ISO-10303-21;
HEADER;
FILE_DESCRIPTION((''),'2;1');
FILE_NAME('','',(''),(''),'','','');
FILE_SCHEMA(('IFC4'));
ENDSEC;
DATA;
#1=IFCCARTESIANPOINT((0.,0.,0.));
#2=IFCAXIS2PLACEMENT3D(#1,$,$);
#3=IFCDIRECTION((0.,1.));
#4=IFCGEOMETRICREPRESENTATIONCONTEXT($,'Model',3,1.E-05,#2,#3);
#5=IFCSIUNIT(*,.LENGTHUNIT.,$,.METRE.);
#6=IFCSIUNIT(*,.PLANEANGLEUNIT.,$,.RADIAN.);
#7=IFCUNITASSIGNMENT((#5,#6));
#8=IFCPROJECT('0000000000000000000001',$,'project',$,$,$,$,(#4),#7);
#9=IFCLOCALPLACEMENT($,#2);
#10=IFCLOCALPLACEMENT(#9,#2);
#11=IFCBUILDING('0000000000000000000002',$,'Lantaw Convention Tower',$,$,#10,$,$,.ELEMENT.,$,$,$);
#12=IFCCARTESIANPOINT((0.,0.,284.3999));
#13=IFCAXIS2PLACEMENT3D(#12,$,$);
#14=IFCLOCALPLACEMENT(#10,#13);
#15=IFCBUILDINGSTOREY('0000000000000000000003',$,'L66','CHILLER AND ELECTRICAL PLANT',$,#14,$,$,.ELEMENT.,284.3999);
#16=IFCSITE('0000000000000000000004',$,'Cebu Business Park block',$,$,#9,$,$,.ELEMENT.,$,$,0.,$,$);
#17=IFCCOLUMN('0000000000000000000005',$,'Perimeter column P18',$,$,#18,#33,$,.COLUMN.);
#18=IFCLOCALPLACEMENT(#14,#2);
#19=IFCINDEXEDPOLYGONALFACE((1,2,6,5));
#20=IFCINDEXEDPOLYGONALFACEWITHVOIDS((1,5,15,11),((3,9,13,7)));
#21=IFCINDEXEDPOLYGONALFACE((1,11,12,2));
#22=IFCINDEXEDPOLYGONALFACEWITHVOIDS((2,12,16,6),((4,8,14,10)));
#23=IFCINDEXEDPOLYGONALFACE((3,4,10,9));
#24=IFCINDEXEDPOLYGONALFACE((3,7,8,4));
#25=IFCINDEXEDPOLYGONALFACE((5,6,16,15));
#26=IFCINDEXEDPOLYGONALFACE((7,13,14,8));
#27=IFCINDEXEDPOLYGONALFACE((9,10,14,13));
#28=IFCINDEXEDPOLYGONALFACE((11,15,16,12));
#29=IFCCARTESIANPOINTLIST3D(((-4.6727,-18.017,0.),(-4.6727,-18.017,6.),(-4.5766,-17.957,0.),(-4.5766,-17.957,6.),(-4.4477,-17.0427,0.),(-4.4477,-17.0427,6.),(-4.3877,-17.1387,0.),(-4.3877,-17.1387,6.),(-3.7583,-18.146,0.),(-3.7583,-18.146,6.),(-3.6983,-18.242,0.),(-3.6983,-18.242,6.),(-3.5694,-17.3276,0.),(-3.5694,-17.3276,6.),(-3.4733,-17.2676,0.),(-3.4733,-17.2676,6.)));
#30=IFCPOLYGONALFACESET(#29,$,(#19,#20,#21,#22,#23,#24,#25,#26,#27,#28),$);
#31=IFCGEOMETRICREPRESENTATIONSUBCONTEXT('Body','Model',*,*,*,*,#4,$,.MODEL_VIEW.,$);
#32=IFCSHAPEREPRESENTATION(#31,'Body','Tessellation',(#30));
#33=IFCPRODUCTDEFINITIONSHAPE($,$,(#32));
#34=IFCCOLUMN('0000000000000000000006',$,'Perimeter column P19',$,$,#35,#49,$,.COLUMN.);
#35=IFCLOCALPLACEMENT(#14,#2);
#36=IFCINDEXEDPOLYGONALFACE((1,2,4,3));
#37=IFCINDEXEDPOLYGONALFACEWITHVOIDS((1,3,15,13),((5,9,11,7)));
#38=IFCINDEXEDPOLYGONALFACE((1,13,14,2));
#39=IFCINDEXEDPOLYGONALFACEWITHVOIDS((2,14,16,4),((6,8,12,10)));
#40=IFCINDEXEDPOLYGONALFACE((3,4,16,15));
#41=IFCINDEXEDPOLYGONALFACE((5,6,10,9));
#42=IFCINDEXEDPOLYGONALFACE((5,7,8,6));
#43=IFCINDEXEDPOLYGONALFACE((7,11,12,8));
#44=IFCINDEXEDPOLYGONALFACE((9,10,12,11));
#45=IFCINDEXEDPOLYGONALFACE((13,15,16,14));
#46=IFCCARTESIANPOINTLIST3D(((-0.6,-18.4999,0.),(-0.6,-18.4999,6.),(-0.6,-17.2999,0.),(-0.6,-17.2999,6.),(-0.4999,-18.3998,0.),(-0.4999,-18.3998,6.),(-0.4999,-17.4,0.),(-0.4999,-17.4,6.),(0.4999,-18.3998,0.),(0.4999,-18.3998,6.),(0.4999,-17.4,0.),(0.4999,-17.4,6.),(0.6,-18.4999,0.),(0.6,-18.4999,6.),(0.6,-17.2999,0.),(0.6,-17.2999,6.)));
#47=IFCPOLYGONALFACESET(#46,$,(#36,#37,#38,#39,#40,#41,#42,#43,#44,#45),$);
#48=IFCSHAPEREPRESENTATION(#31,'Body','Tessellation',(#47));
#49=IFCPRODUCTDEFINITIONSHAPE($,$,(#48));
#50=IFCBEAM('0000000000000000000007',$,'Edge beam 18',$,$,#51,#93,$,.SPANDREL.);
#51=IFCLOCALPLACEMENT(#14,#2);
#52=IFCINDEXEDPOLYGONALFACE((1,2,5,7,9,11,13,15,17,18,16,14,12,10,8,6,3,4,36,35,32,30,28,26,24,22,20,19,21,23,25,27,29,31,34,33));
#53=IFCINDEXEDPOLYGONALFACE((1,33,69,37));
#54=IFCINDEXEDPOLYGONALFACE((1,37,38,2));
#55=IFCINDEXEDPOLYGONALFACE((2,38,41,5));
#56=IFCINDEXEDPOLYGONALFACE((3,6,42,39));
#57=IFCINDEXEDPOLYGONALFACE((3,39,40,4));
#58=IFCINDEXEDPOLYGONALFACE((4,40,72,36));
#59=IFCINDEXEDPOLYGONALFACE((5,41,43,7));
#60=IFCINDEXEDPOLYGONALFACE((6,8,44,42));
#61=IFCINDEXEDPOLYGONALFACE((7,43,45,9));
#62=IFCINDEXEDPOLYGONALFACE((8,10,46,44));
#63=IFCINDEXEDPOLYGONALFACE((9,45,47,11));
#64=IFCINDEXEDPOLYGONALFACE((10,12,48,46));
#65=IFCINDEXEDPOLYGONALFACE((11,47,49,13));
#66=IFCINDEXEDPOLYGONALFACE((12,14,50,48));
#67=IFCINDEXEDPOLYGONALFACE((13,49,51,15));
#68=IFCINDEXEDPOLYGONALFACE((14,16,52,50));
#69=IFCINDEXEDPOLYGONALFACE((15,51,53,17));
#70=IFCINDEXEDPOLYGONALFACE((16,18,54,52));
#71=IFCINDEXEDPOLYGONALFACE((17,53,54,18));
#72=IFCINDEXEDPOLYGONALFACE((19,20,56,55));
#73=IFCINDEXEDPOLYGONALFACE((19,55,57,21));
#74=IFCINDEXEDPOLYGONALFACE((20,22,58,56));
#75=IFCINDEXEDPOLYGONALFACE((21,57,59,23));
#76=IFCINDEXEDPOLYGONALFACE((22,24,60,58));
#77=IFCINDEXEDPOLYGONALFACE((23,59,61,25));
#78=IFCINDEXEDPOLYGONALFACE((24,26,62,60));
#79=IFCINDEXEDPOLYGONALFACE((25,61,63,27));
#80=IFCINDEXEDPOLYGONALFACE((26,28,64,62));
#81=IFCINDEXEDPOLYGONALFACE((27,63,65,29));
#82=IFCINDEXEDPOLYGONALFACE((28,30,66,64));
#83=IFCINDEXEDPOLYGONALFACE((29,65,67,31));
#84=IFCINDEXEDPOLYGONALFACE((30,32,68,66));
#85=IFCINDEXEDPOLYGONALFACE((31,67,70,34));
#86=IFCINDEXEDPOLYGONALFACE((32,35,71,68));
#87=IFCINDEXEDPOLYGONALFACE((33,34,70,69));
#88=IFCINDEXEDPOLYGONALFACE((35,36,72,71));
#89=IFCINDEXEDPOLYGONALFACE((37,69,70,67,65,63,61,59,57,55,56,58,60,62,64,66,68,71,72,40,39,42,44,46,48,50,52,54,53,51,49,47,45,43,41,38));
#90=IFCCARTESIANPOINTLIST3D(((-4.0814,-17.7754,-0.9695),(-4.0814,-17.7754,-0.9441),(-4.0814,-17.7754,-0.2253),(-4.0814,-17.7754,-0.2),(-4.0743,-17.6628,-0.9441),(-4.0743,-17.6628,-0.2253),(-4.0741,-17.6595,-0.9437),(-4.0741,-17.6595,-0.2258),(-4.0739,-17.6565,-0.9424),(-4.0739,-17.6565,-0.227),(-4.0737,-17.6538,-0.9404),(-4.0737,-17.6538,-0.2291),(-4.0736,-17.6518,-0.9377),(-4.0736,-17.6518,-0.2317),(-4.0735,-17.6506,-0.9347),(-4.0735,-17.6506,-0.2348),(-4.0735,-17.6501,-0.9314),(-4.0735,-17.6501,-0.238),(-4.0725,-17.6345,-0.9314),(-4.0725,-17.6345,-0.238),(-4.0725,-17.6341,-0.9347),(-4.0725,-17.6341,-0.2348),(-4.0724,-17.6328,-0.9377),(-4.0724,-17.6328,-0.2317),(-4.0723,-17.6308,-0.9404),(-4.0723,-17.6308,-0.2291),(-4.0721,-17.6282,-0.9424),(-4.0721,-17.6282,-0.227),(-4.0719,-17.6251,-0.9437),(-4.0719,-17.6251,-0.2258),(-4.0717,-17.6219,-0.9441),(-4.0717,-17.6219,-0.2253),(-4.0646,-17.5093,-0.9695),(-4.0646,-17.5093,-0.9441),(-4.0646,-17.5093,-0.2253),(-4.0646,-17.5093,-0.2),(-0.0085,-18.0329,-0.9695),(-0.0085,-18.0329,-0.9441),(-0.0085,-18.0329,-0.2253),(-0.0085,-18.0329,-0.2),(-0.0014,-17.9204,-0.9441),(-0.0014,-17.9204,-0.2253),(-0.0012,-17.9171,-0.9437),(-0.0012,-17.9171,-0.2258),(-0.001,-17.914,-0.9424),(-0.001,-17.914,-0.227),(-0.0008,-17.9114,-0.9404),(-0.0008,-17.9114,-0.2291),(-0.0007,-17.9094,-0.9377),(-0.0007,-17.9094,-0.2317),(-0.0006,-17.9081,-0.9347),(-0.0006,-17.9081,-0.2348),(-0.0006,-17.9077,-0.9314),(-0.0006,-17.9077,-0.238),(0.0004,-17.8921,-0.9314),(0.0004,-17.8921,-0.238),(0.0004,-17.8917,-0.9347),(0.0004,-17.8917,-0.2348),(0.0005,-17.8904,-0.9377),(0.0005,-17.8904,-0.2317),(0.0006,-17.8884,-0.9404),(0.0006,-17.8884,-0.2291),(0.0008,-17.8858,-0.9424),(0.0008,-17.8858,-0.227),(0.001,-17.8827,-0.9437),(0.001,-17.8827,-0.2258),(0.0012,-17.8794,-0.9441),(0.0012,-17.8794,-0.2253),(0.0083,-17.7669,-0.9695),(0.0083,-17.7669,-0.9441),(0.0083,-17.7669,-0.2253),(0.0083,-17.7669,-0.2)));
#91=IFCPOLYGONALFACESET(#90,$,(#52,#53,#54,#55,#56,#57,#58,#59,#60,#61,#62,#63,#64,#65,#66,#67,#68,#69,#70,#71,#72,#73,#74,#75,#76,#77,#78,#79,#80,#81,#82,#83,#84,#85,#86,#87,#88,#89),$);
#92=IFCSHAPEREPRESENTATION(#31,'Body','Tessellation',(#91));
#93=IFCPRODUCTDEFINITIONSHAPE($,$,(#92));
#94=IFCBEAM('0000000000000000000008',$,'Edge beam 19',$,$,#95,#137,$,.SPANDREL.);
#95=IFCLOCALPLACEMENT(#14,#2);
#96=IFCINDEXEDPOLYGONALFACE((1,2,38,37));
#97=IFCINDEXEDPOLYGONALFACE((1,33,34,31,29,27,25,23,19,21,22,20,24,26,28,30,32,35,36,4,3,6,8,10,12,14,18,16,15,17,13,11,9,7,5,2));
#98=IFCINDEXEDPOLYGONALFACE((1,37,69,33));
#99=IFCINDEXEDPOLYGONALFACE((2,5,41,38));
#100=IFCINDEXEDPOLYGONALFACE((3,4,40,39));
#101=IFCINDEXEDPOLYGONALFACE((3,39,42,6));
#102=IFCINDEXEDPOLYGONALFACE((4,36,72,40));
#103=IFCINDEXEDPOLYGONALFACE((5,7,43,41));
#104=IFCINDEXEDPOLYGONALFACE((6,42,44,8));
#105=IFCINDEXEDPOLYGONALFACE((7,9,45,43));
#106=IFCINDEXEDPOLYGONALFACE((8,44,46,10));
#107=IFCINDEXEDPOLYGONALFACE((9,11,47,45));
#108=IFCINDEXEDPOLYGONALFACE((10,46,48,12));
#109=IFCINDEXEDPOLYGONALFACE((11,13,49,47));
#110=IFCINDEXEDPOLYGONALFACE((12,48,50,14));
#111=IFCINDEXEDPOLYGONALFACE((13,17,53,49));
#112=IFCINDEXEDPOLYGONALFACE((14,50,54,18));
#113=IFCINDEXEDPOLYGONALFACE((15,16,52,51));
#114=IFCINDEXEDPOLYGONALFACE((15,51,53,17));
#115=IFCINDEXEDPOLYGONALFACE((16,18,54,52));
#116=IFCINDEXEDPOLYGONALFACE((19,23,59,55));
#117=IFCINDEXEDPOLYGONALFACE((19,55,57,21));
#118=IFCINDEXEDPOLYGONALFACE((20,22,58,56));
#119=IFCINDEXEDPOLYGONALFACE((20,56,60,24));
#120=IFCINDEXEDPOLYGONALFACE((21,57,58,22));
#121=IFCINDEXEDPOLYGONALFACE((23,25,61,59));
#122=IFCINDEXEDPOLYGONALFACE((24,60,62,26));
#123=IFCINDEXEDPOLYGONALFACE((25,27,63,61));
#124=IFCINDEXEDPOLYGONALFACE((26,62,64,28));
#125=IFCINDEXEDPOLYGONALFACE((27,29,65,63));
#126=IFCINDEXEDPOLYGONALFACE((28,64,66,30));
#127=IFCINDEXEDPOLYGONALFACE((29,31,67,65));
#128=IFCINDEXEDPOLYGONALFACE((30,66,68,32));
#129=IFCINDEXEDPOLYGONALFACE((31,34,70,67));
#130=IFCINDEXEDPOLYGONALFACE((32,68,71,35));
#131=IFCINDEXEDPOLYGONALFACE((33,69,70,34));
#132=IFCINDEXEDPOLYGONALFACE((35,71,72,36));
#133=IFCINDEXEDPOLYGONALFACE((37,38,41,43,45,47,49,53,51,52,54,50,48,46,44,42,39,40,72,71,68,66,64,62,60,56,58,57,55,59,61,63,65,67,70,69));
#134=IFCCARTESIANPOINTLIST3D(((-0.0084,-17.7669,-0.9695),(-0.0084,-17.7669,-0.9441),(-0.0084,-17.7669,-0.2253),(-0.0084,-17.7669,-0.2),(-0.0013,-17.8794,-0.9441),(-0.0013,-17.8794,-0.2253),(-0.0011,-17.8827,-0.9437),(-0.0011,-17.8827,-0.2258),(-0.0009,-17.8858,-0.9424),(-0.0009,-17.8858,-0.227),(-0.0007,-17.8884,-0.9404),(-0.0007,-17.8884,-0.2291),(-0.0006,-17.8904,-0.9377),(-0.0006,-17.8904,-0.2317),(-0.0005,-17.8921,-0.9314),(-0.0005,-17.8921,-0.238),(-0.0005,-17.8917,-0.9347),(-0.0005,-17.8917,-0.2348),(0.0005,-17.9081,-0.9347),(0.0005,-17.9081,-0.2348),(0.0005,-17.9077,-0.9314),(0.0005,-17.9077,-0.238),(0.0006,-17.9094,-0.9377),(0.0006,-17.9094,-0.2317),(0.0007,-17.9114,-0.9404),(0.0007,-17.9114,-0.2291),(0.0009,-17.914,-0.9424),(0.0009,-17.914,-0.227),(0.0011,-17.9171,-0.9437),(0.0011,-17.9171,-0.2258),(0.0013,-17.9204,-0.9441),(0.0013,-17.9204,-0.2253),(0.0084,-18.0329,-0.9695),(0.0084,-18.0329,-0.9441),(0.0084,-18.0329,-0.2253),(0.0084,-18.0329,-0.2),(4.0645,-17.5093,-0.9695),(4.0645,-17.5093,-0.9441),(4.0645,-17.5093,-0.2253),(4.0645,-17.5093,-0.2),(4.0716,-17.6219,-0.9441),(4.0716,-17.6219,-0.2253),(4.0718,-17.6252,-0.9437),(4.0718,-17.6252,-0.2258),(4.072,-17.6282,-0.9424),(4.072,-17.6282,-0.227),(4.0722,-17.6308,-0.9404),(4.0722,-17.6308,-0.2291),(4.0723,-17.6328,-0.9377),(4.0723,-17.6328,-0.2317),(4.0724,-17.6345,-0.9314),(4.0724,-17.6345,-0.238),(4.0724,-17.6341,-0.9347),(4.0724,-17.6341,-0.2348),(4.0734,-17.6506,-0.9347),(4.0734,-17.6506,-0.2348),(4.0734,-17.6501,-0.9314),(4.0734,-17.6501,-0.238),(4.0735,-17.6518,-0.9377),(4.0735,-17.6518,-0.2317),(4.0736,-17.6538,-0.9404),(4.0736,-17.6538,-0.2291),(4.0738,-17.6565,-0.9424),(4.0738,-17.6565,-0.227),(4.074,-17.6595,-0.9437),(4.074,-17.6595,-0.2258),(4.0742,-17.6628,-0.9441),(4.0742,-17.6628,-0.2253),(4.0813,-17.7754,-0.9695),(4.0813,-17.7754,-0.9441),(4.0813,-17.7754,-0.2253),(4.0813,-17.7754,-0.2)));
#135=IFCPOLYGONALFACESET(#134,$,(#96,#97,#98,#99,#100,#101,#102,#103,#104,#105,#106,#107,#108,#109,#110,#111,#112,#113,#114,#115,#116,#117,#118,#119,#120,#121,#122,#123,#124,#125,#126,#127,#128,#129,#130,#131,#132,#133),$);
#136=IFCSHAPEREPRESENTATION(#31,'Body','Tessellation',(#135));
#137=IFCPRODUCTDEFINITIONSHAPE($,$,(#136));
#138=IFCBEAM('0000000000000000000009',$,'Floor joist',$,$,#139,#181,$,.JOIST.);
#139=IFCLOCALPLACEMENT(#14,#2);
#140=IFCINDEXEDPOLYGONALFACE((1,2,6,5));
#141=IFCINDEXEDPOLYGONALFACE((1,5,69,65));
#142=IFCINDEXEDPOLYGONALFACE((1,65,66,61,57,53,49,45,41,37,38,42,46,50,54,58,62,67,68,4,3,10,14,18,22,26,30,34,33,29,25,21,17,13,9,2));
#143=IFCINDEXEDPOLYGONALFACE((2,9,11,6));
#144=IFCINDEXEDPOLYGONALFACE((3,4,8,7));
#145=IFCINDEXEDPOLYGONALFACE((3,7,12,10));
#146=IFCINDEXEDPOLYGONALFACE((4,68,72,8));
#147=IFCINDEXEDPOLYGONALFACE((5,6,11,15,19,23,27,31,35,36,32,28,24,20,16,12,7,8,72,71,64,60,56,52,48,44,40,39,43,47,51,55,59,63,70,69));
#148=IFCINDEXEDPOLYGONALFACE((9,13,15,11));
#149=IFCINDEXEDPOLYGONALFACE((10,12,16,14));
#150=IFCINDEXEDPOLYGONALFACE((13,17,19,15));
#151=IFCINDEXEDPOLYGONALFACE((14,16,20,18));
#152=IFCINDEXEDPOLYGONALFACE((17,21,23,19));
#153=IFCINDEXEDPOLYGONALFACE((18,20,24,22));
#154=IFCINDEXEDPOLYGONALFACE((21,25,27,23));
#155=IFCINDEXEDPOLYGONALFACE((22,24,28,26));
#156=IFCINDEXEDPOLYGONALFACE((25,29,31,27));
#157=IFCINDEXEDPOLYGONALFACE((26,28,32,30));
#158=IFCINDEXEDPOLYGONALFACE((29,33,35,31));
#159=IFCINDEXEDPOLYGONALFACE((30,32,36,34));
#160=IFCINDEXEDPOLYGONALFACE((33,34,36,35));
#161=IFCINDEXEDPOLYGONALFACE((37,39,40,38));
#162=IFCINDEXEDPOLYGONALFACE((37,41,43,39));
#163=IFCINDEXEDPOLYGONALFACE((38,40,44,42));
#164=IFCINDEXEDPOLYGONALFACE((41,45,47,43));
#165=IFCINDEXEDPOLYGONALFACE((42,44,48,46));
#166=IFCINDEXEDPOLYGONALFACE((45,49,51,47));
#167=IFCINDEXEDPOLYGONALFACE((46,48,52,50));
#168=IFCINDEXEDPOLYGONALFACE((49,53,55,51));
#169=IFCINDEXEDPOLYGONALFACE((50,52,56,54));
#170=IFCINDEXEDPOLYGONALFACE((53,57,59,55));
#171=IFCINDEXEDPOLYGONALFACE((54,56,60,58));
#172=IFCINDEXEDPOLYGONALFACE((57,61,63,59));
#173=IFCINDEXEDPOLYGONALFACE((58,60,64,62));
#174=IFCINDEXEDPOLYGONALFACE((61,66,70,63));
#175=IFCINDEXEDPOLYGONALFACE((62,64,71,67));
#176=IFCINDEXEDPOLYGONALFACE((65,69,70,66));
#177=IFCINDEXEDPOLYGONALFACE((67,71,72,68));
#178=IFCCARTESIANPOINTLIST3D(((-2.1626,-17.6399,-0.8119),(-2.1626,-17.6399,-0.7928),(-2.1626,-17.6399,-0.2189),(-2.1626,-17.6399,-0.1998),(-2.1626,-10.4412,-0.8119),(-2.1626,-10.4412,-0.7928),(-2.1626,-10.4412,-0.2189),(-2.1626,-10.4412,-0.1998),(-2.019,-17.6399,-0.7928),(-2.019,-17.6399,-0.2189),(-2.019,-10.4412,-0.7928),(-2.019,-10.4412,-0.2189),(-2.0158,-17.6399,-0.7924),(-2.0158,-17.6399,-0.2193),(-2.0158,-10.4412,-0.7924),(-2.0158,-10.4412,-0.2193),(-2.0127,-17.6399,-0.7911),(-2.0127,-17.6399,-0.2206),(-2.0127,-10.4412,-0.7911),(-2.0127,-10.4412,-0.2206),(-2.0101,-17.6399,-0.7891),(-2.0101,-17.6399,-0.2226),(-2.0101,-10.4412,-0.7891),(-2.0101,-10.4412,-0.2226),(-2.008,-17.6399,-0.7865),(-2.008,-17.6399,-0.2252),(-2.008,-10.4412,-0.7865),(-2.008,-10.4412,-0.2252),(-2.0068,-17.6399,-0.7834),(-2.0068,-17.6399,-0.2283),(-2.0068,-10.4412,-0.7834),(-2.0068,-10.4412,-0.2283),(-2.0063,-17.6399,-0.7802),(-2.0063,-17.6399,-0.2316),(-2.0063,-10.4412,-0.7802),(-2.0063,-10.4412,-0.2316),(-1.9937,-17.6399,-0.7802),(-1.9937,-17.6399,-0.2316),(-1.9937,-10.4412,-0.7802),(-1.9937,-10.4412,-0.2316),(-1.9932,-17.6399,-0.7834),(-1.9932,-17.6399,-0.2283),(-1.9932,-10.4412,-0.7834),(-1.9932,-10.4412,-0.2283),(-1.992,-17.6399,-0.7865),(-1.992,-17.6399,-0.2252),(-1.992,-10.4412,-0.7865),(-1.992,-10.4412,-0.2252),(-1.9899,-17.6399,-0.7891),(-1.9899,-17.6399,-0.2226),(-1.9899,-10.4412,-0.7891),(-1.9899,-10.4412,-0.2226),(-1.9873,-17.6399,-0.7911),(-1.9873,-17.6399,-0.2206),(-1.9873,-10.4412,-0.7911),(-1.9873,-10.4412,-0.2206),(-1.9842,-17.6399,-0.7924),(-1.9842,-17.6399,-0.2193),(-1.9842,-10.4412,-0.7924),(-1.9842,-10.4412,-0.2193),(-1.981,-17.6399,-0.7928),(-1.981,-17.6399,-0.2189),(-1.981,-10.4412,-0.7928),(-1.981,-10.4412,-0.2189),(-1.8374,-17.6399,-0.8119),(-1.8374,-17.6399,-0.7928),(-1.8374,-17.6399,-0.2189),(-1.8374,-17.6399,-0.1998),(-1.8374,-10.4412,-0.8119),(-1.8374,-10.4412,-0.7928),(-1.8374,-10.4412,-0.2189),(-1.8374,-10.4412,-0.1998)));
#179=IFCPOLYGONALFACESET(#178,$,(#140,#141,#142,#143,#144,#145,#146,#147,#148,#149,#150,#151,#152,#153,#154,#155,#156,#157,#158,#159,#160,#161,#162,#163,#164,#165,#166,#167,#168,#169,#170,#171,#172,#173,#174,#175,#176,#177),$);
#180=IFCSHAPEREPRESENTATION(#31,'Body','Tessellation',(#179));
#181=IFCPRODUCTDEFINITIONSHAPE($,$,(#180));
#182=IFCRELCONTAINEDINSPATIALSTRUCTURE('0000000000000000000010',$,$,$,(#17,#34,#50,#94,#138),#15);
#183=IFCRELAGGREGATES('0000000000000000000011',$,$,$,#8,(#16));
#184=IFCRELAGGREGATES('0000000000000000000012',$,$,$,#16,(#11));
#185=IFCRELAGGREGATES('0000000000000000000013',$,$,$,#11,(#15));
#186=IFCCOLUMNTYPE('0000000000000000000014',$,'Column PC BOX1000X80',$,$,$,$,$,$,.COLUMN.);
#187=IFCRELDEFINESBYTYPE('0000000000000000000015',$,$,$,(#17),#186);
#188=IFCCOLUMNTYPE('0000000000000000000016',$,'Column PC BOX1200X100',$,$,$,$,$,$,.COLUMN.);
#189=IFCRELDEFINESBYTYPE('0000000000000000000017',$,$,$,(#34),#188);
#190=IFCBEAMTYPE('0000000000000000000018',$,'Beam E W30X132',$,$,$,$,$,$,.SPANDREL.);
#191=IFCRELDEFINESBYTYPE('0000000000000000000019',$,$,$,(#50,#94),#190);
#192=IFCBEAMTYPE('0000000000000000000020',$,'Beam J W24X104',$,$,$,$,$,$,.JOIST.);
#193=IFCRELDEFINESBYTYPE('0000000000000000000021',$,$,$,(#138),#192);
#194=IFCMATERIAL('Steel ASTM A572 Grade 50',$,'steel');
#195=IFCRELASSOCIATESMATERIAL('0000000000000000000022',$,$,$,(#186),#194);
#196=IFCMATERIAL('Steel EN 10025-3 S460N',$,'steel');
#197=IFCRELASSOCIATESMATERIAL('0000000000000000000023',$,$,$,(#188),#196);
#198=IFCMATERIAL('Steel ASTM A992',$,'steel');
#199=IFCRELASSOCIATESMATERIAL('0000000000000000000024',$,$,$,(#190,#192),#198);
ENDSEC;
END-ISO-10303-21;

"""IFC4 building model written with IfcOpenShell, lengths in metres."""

from ifc_helpers import new_model, si_unit, direction, frame, origin, origin_2d, place, context, subcontext, project, spatial, rectangle, hollow_rectangle, i_section, extrude, material, material_profile, profile_set, type_object, element, save


model = new_model("IFC4")

# Units and contexts
model_context = context("Model", 3, precision=1e-05, world=origin(), true_north=direction((0.0, 1.0)))
body_context = subcontext(model_context, "Body", "Model", "MODEL_VIEW")
ifc_project = project(units=[si_unit("LENGTHUNIT", "METRE"), si_unit("PLANEANGLEUNIT", "RADIAN")], contexts=[model_context])

# Site, building, storey
site_placement = place(None, origin())
site = spatial("IfcSite", under=ifc_project, at=site_placement, Name="Cebu Business Park block", CompositionType="ELEMENT", RefElevation=0.0)
building_placement = place(site_placement, origin())
building = spatial("IfcBuilding", under=site, at=building_placement, Name="Lantaw Convention Tower", CompositionType="ELEMENT")
storey_placement = place(building_placement, frame((0.0, 0.0, 284.3999)))
storey = spatial("IfcBuildingStorey", under=building, at=storey_placement, Name="L66", Description="CHILLER AND ELECTRICAL PLANT", CompositionType="ELEMENT", Elevation=284.3999)

# Columns
ifc_material_1 = material(Name="Steel ASTM A572 Grade 50", Category="steel")
ifc_material_profile_1 = material_profile(ifc_material_1, hollow_rectangle(XDim=1.0, YDim=1.0, WallThickness=0.0801, at=origin_2d()), Name="BOX1000X80")
ifc_material_2 = material(Name="Concrete C60/75", Category="concrete")
ifc_material_profile_2 = material_profile(ifc_material_2, rectangle(XDim=0.8401, YDim=0.8401, at=origin_2d()), Name="Concrete fill of BOX1000X80")
ifc_profile_set_1 = profile_set([ifc_material_profile_1, ifc_material_profile_2], Name="Steel ASTM A572 Grade 50")
column_type_1 = type_object("IfcColumnType", Name="Column PC BOX1000X80", PredefinedType="COLUMN", material=ifc_profile_set_1)
column_1_placement = place(storey_placement, frame((-4.073, -17.6423, 0.0), z_axis=(0.0, 0.0, 1.0), x_axis=(0.224951, 0.97437, 0.0)))
element("IfcColumn", 1, at=column_1_placement, inside=storey, type_object=column_type_1, Name="Perimeter column P18", PredefinedType="COLUMN", context=body_context, shape_type="SweptSolid", body=[
    extrude(hollow_rectangle(XDim=1.0, YDim=1.0, WallThickness=0.0801, at=origin_2d()), origin(), (0.0, 0.0, 1.0), 6.0),
])
ifc_material_3 = material(Name="Steel EN 10025-3 S460N", Category="steel")
ifc_material_profile_3 = material_profile(ifc_material_3, hollow_rectangle(XDim=1.2, YDim=1.2, WallThickness=0.1001, at=origin_2d()), Name="BOX1200X100")
ifc_material_profile_4 = material_profile(ifc_material_2, rectangle(XDim=1.0, YDim=1.0, at=origin_2d()), Name="Concrete fill of BOX1200X100")
ifc_profile_set_2 = profile_set([ifc_material_profile_3, ifc_material_profile_4], Name="Steel EN 10025-3 S460N")
column_type_2 = type_object("IfcColumnType", Name="Column PC BOX1200X100", PredefinedType="COLUMN", material=ifc_profile_set_2)
column_2_placement = place(storey_placement, frame((0.0, -17.8999, 0.0), z_axis=(0.0, 0.0, 1.0), x_axis=(1.0, 0.0, 0.0)))
element("IfcColumn", 2, at=column_2_placement, inside=storey, type_object=column_type_2, Name="Perimeter column P19", PredefinedType="COLUMN", context=body_context, shape_type="SweptSolid", body=[
    extrude(hollow_rectangle(XDim=1.2, YDim=1.2, WallThickness=0.1001, at=origin_2d()), origin(), (0.0, 0.0, 1.0), 6.0),
])

# Beams
ifc_material_4 = material(Name="Steel ASTM A992", Category="steel")
ifc_material_profile_5 = material_profile(ifc_material_4, i_section(OverallWidth=0.2666, OverallDepth=0.7695, WebThickness=0.0156, FlangeThickness=0.0254, FilletRadius=0.0127, at=origin_2d()), Name="W30X132")
ifc_profile_set_3 = profile_set([ifc_material_profile_5], Name="Steel ASTM A992")
beam_type_1 = type_object("IfcBeamType", Name="Beam E W30X132", PredefinedType="SPANDREL", material=ifc_profile_set_3)
for number, where, z_axis, x_axis, name in (
    (3, (-4.073, -17.6423, -0.5847), (0.998006, -0.063112, 0.0), (0.063112, 0.998006, 0.0), "Edge beam 18"),
    (4, (0.0, -17.8999, -0.5847), (0.998006, 0.063112, 0.0), (-0.063112, 0.998006, 0.0), "Edge beam 19"),
):
    element("IfcBeam", number, at=place(storey_placement, frame(where, z_axis=z_axis, x_axis=x_axis)), inside=storey, type_object=beam_type_1, Name=name, PredefinedType="SPANDREL", context=body_context, shape_type="SweptSolid", body=[
        extrude(i_section(OverallWidth=0.2666, OverallDepth=0.7695, WebThickness=0.0156, FlangeThickness=0.0254, FilletRadius=0.0127, at=origin_2d()), origin(), (0.0, 0.0, 1.0), 4.0811),
    ])
ifc_material_profile_6 = material_profile(ifc_material_4, i_section(OverallWidth=0.3252, OverallDepth=0.6121, WebThickness=0.0127, FlangeThickness=0.019, FilletRadius=0.0127, at=origin_2d()), Name="W24X104")
ifc_profile_set_4 = profile_set([ifc_material_profile_6], Name="Steel ASTM A992")
beam_type_2 = type_object("IfcBeamType", Name="Beam J W24X104", PredefinedType="JOIST", material=ifc_profile_set_4)
beam_placement = place(storey_placement, frame((-2.0, -17.6399, -0.5059), z_axis=(0.0, 1.0, 0.0), x_axis=(-1.0, 0.0, 0.0)))
element("IfcBeam", 5, at=beam_placement, inside=storey, type_object=beam_type_2, Name="Floor joist", PredefinedType="JOIST", context=body_context, shape_type="SweptSolid", body=[
    extrude(i_section(OverallWidth=0.3252, OverallDepth=0.6121, WebThickness=0.0127, FlangeThickness=0.019, FilletRadius=0.0127, at=origin_2d()), origin(), (0.0, 0.0, 1.0), 7.1987),
])

save(model, "model.ifc")
